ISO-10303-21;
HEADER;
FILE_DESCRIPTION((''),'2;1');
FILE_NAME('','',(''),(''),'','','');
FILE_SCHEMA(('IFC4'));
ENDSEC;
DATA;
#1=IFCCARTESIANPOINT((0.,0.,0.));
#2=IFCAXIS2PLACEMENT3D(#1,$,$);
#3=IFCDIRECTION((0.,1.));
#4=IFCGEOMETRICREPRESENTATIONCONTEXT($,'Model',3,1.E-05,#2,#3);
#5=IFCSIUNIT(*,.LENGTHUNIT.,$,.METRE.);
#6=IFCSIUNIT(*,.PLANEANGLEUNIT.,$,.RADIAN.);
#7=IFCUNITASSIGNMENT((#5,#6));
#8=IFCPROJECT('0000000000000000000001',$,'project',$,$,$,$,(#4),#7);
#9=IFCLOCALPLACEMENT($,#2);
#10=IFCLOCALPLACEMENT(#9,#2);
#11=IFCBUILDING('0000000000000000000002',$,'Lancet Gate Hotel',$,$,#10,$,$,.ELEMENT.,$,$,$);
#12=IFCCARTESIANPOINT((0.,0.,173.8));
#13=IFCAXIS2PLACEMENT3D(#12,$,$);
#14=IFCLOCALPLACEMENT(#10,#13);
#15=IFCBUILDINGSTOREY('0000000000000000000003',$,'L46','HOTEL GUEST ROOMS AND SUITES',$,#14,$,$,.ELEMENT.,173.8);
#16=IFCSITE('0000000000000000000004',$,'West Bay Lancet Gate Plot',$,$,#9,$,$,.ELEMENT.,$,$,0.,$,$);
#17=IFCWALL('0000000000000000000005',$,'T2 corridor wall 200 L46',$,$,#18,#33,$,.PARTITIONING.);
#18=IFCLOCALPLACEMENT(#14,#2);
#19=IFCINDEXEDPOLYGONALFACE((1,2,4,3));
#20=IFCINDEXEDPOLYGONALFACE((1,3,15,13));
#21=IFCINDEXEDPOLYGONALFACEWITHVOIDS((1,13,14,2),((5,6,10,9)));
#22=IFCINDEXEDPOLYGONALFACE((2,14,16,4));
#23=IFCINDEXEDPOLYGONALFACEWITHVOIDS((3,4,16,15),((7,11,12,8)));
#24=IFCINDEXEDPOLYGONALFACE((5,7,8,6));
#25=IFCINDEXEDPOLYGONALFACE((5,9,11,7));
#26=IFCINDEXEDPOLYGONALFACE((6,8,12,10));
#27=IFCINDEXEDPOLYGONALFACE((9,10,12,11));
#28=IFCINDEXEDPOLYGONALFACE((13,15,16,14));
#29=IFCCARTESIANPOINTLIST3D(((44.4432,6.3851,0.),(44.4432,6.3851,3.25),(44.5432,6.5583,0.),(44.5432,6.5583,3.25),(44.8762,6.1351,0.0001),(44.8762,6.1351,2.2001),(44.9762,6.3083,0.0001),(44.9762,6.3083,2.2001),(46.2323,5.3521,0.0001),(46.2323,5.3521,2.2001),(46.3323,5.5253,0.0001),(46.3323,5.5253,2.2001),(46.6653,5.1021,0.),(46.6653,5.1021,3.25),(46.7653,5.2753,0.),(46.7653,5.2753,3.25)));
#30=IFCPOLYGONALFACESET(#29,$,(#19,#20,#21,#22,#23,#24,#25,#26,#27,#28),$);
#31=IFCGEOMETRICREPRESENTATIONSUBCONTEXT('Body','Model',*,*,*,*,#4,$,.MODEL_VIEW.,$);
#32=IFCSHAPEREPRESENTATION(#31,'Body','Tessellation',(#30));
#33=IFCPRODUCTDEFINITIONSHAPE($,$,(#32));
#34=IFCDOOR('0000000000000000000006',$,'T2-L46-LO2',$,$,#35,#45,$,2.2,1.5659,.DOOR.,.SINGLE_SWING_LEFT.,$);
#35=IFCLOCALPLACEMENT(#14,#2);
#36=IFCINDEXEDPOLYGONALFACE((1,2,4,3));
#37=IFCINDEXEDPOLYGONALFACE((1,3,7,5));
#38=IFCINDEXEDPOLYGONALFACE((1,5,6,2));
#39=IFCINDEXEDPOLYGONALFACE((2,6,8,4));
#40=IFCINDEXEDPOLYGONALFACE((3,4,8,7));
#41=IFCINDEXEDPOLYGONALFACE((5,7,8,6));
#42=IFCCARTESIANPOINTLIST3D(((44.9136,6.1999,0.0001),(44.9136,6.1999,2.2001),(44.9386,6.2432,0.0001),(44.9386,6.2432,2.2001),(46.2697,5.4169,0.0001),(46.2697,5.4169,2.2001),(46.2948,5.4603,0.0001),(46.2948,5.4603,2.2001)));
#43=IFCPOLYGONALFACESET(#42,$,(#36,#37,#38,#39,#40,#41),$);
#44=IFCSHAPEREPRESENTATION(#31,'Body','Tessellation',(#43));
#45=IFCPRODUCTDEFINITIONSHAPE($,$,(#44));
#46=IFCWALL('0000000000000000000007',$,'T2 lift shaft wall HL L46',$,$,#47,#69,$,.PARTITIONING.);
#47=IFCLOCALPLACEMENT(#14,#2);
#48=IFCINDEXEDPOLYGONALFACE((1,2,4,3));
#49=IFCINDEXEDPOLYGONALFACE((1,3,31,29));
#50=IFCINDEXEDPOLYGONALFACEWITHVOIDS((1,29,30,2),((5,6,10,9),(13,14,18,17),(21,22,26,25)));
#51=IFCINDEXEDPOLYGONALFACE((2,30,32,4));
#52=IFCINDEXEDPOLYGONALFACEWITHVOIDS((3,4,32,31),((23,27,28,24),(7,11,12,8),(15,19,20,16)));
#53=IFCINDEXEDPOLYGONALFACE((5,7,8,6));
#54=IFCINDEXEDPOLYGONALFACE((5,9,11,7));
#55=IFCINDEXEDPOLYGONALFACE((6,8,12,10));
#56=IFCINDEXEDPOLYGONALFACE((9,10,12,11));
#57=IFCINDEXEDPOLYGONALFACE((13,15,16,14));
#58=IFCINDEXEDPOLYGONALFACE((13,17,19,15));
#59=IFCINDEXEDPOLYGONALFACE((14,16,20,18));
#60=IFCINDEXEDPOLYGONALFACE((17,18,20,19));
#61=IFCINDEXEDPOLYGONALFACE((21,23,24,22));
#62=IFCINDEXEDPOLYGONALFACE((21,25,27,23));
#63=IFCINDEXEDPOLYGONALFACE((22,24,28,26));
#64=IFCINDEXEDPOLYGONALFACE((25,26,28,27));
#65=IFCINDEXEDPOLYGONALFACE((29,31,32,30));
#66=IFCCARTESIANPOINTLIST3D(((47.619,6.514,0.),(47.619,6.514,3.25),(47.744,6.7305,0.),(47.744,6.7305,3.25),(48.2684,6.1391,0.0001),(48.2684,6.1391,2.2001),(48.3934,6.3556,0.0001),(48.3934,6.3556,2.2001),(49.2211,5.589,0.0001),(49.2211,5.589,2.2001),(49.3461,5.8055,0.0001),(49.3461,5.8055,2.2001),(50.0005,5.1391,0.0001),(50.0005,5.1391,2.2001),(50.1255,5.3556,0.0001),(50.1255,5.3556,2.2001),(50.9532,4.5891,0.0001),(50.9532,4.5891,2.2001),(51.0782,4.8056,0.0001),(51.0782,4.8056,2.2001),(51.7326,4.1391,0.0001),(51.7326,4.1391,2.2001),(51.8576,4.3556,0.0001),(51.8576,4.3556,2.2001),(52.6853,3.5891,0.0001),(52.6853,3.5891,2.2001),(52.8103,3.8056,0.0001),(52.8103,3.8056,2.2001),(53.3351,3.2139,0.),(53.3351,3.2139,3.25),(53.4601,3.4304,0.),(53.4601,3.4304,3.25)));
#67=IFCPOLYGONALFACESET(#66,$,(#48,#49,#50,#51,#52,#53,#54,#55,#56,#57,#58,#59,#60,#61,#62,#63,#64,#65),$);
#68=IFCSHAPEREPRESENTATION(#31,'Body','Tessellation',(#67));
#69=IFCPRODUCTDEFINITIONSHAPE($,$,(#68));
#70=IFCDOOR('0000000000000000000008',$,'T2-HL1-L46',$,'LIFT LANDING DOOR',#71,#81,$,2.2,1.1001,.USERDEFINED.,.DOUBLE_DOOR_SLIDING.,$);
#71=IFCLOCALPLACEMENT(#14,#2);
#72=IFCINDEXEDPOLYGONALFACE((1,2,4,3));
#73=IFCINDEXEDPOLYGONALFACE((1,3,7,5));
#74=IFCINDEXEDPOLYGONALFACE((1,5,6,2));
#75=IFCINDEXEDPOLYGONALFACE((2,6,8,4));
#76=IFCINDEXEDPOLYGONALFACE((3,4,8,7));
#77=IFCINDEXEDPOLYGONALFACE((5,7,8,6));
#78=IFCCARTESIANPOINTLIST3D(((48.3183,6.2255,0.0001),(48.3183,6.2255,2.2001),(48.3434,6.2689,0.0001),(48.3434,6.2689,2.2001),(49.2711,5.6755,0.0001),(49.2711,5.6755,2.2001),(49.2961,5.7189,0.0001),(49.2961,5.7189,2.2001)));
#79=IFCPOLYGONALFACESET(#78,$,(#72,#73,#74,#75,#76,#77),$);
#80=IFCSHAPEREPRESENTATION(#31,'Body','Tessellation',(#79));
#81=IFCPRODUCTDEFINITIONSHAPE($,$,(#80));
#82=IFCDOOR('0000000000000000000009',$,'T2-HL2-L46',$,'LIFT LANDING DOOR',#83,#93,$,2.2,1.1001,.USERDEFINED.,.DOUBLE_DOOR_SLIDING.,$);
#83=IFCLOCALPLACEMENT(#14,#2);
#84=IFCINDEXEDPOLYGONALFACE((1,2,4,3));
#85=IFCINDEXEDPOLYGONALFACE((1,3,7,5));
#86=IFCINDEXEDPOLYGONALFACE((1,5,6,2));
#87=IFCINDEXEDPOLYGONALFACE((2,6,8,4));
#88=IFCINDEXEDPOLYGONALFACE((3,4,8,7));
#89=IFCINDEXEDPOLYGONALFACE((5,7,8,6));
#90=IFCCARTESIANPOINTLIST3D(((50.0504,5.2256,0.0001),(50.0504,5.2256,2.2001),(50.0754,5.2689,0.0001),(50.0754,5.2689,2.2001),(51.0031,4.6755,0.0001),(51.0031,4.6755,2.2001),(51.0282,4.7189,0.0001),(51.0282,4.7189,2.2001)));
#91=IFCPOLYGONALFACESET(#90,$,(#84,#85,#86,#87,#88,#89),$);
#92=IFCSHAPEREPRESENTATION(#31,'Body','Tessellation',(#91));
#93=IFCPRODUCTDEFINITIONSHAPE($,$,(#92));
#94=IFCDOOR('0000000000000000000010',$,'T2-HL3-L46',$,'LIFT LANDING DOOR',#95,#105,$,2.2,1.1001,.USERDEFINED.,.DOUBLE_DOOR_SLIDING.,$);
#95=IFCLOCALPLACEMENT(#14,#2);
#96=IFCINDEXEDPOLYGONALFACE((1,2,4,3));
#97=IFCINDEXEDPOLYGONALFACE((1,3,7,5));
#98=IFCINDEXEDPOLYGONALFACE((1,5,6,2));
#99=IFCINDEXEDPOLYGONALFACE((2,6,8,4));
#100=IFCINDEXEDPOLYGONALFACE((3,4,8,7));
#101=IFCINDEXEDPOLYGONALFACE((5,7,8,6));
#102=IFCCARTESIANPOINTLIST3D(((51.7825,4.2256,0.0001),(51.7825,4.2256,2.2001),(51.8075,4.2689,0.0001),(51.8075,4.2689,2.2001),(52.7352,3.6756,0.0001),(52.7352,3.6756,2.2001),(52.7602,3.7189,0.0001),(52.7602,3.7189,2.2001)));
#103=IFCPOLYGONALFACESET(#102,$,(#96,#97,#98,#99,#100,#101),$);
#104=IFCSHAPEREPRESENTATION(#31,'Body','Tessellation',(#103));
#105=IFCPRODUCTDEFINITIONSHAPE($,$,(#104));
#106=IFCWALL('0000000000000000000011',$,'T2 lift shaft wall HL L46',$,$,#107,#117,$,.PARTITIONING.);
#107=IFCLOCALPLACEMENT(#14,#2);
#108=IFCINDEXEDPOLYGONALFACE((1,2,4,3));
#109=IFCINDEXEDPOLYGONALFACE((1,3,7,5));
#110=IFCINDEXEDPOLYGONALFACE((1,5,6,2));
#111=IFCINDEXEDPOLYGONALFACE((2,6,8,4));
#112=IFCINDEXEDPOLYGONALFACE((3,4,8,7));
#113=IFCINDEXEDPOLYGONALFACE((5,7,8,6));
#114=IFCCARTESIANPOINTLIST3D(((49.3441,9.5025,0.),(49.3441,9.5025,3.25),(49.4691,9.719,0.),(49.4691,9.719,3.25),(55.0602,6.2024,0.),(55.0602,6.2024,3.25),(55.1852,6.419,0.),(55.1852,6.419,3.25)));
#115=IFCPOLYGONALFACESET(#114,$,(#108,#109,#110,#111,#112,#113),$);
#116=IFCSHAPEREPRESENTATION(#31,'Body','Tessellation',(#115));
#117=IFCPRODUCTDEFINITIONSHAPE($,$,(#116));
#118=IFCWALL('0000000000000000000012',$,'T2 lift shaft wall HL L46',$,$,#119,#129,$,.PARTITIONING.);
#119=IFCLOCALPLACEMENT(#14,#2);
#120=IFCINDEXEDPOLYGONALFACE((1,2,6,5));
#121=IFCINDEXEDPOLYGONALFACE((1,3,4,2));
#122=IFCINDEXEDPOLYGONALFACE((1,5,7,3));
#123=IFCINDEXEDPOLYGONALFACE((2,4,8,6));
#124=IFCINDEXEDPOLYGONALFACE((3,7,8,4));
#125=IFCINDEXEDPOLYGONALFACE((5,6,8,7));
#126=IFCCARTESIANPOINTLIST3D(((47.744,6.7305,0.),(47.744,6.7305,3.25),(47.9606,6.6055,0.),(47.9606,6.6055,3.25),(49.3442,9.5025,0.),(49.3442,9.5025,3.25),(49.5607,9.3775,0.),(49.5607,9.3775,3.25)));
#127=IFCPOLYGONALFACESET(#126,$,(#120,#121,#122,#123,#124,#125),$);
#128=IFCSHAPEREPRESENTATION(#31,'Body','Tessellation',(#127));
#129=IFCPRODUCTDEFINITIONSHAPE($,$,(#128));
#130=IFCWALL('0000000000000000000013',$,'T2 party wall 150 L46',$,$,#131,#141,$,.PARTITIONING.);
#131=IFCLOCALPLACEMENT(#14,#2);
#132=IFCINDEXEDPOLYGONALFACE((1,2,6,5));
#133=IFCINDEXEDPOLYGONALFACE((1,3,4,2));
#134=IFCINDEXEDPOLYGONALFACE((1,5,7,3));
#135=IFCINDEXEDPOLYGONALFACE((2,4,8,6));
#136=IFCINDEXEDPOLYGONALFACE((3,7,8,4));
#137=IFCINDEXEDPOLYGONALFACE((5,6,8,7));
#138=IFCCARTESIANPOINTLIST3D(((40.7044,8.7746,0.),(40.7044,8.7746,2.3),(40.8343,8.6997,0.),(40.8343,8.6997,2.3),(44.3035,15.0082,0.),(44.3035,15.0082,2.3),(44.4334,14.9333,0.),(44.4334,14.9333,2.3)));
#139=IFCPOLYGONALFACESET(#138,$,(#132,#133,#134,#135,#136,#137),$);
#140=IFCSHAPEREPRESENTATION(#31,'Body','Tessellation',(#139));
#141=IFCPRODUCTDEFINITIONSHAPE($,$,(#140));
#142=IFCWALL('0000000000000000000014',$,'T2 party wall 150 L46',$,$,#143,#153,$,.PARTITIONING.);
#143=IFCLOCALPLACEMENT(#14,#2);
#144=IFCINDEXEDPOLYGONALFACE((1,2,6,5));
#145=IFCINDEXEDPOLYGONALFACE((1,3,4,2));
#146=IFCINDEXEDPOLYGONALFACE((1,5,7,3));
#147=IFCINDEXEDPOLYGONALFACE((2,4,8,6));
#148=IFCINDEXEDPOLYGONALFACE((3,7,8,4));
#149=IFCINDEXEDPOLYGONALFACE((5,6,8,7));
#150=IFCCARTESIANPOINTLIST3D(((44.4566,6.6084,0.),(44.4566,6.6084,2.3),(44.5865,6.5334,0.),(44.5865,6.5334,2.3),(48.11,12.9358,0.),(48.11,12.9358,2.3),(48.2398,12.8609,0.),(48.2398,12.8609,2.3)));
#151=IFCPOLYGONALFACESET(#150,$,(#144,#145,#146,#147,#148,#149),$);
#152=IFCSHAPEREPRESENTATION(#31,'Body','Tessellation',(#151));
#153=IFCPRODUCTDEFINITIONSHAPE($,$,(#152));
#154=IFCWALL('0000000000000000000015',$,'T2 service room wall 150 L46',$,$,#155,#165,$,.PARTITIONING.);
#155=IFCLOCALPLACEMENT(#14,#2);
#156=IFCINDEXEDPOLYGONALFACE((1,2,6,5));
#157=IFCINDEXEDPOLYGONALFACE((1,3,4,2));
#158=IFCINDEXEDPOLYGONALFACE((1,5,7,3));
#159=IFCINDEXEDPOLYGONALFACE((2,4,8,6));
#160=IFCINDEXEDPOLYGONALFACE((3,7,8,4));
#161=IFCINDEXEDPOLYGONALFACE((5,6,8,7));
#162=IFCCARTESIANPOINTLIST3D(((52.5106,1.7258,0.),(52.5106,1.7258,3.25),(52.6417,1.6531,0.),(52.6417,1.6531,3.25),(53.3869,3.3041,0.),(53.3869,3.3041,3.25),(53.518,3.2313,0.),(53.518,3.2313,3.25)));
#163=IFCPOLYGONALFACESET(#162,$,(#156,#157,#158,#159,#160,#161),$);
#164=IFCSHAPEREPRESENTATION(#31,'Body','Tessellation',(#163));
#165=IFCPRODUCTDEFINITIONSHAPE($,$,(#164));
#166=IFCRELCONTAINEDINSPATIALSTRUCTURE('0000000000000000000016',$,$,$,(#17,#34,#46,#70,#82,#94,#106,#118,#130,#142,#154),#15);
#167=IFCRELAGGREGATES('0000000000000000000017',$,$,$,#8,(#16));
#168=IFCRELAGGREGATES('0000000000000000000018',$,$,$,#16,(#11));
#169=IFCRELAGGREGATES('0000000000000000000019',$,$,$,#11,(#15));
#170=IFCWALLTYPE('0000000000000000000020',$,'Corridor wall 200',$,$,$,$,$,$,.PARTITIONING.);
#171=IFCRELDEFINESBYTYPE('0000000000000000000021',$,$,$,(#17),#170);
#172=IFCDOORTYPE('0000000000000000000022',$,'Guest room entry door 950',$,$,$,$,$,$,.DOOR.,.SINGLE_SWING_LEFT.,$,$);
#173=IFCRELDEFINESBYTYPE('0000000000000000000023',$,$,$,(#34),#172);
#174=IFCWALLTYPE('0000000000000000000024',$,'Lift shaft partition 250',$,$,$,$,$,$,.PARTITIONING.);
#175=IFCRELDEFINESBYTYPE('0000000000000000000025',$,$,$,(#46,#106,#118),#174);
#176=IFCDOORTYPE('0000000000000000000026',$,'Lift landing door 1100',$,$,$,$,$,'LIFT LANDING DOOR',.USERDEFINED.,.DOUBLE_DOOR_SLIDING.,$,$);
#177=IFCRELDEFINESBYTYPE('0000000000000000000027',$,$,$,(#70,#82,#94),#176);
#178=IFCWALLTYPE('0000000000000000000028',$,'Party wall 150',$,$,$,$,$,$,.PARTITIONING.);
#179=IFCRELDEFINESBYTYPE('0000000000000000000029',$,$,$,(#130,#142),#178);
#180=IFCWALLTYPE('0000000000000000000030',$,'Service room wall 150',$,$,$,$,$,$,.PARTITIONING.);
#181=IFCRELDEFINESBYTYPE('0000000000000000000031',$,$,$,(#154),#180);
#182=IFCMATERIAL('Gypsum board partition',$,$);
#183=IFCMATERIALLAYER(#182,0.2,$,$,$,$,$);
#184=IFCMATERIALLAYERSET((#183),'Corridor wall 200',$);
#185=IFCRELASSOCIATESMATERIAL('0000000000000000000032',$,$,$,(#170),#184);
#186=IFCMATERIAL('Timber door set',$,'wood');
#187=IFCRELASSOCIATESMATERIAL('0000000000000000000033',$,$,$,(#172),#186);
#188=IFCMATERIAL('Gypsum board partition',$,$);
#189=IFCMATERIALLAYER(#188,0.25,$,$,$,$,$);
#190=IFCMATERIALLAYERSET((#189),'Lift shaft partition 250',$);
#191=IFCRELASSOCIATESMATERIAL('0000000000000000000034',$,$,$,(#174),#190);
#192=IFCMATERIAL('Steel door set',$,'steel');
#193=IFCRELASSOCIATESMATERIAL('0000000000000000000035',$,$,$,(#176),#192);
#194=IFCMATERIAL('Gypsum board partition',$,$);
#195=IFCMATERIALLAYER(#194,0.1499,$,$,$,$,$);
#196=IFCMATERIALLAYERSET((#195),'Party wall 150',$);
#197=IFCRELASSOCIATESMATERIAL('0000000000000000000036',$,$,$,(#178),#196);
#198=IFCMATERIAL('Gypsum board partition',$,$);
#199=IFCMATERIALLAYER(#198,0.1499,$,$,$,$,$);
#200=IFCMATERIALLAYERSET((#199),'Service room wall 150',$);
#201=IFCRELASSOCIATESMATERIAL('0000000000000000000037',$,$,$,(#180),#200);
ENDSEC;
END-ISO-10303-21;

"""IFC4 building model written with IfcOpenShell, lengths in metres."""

from ifc_helpers import new_model, si_unit, direction, frame, frame_2d, origin, place, context, subcontext, project, spatial, rectangle, extrude, material, layer, layer_set, type_object, element, fill, save


model = new_model("IFC4")

# Units and contexts
model_context = context("Model", 3, precision=1e-05, world=origin(), true_north=direction((0.0, 1.0)))
body_context = subcontext(model_context, "Body", "Model", "MODEL_VIEW")
ifc_project = project(units=[si_unit("LENGTHUNIT", "METRE"), si_unit("PLANEANGLEUNIT", "RADIAN")], contexts=[model_context])

# Site, building, storey
site_placement = place(None, origin())
site = spatial("IfcSite", under=ifc_project, at=site_placement, Name="West Bay Lancet Gate Plot", CompositionType="ELEMENT", RefElevation=0.0)
building_placement = place(site_placement, origin())
building = spatial("IfcBuilding", under=site, at=building_placement, Name="Lancet Gate Hotel", CompositionType="ELEMENT")
storey_placement = place(building_placement, frame((0.0, 0.0, 173.8)))
storey = spatial("IfcBuildingStorey", under=building, at=storey_placement, Name="L46", Description="HOTEL GUEST ROOMS AND SUITES", CompositionType="ELEMENT", Elevation=173.8)

# Wall, opening, door
ifc_material_1 = material(Name="Gypsum board partition")
ifc_layer_1 = layer(ifc_material_1, 0.2)
ifc_layer_set_1 = layer_set([ifc_layer_1], Name="Corridor wall 200")
wall_type_1 = type_object("IfcWallType", Name="Corridor wall 200", PredefinedType="PARTITIONING", material=ifc_layer_set_1)
wall_1_placement = place(storey_placement, frame((44.4932, 6.4717, 0.0), z_axis=(0.0, 0.0, 1.0), x_axis=(0.866027, -0.499997, 0.0)))
wall_1 = element("IfcWall", 1, at=wall_1_placement, inside=storey, type_object=wall_type_1, Name="T2 corridor wall 200 L46", PredefinedType="PARTITIONING", context=body_context, shape_type="SweptSolid", body=[
    extrude(rectangle(XDim=2.5659, YDim=0.2, at=frame_2d((1.283, 0.0))), origin(), (0.0, 0.0, 1.0), 3.25),
])
opening_1_placement = place(wall_1_placement, frame((0.5, 0.0, 0.0)))
opening_1 = element("IfcOpeningElement", 2, at=opening_1_placement, cuts=wall_1, PredefinedType="OPENING", context=body_context, shape_type="SweptSolid", body=[
    extrude(rectangle(XDim=1.5659, YDim=2.2, at=frame_2d((0.783, 1.1001))), frame((0.0, 0.1099, 0.0), z_axis=(0.0, -1.0, 0.0), x_axis=(1.0, 0.0, 0.0)), (0.0, 0.0, 1.0), 0.22),
])
ifc_material_2 = material(Name="Timber door set", Category="wood")
door_type_1 = type_object("IfcDoorType", Name="Guest room entry door 950", OperationType="SINGLE_SWING_LEFT", PredefinedType="DOOR", material=ifc_material_2)
door_1_placement = place(opening_1_placement, origin())
door_1 = element("IfcDoor", 3, at=door_1_placement, inside=storey, type_object=door_type_1, Name="T2-L46-LO2", OperationType="SINGLE_SWING_LEFT", OverallHeight=2.2, OverallWidth=1.5659, PredefinedType="DOOR", context=body_context, shape_type="SweptSolid", body=[
    extrude(rectangle(XDim=1.5659, YDim=2.2, at=frame_2d((0.783, 1.1001))), frame((0.0, 0.0249, 0.0), z_axis=(0.0, -1.0, 0.0), x_axis=(1.0, 0.0, 0.0)), (0.0, 0.0, 1.0), 0.05),
])
fill(opening_1, door_1)

# Wall, openings, doors
ifc_material_3 = material(Name="Gypsum board partition")
ifc_layer_2 = layer(ifc_material_3, 0.25)
ifc_layer_set_2 = layer_set([ifc_layer_2], Name="Lift shaft partition 250")
wall_type_2 = type_object("IfcWallType", Name="Lift shaft partition 250", PredefinedType="PARTITIONING", material=ifc_layer_set_2)
wall_2_placement = place(storey_placement, frame((47.6814, 6.6223, 0.0), z_axis=(0.0, 0.0, 1.0), x_axis=(0.866033, -0.499986, 0.0)))
wall_2 = element("IfcWall", 4, at=wall_2_placement, inside=storey, type_object=wall_type_2, Name="T2 lift shaft wall HL L46", PredefinedType="PARTITIONING", context=body_context, shape_type="SweptSolid", body=[
    extrude(rectangle(XDim=6.6003, YDim=0.25, at=frame_2d((3.3003, 0.0))), origin(), (0.0, 0.0, 1.0), 3.25),
])
opening_2_placement = place(wall_2_placement, frame((0.75, 0.0, 0.0)))
opening_2 = element("IfcOpeningElement", 5, at=opening_2_placement, cuts=wall_2, PredefinedType="OPENING", context=body_context, shape_type="SweptSolid", body=[
    extrude(rectangle(XDim=1.1001, YDim=2.2, at=frame_2d((0.55, 1.1001))), frame((0.0, 0.135, 0.0), z_axis=(0.0, -1.0, 0.0), x_axis=(1.0, 0.0, 0.0)), (0.0, 0.0, 1.0), 0.27),
])
opening_3_placement = place(wall_2_placement, frame((2.75, 0.0, 0.0)))
opening_3 = element("IfcOpeningElement", 6, at=opening_3_placement, cuts=wall_2, PredefinedType="OPENING", context=body_context, shape_type="SweptSolid", body=[
    extrude(rectangle(XDim=1.1001, YDim=2.2, at=frame_2d((0.55, 1.1001))), frame((0.0, 0.135, 0.0), z_axis=(0.0, -1.0, 0.0), x_axis=(1.0, 0.0, 0.0)), (0.0, 0.0, 1.0), 0.27),
])
opening_4_placement = place(wall_2_placement, frame((4.75, 0.0, 0.0)))
opening_4 = element("IfcOpeningElement", 7, at=opening_4_placement, cuts=wall_2, PredefinedType="OPENING", context=body_context, shape_type="SweptSolid", body=[
    extrude(rectangle(XDim=1.1001, YDim=2.2, at=frame_2d((0.55, 1.1001))), frame((0.0, 0.135, 0.0), z_axis=(0.0, -1.0, 0.0), x_axis=(1.0, 0.0, 0.0)), (0.0, 0.0, 1.0), 0.27),
])
ifc_material_4 = material(Name="Steel door set", Category="steel")
door_type_2 = type_object("IfcDoorType", Name="Lift landing door 1100", ElementType="LIFT LANDING DOOR", OperationType="DOUBLE_DOOR_SLIDING", PredefinedType="USERDEFINED", material=ifc_material_4)
door_2_placement = place(opening_2_placement, origin())
door_2 = element("IfcDoor", 8, at=door_2_placement, inside=storey, type_object=door_type_2, Name="T2-HL1-L46", ObjectType="LIFT LANDING DOOR", OperationType="DOUBLE_DOOR_SLIDING", OverallHeight=2.2, OverallWidth=1.1001, PredefinedType="USERDEFINED", context=body_context, shape_type="SweptSolid", body=[
    extrude(rectangle(XDim=1.1001, YDim=2.2, at=frame_2d((0.55, 1.1001))), frame((0.0, 0.0249, 0.0), z_axis=(0.0, -1.0, 0.0), x_axis=(1.0, 0.0, 0.0)), (0.0, 0.0, 1.0), 0.05),
])
fill(opening_2, door_2)
door_3_placement = place(opening_3_placement, origin())
door_3 = element("IfcDoor", 9, at=door_3_placement, inside=storey, type_object=door_type_2, Name="T2-HL2-L46", ObjectType="LIFT LANDING DOOR", OperationType="DOUBLE_DOOR_SLIDING", OverallHeight=2.2, OverallWidth=1.1001, PredefinedType="USERDEFINED", context=body_context, shape_type="SweptSolid", body=[
    extrude(rectangle(XDim=1.1001, YDim=2.2, at=frame_2d((0.55, 1.1001))), frame((0.0, 0.0249, 0.0), z_axis=(0.0, -1.0, 0.0), x_axis=(1.0, 0.0, 0.0)), (0.0, 0.0, 1.0), 0.05),
])
fill(opening_3, door_3)
door_4_placement = place(opening_4_placement, origin())
door_4 = element("IfcDoor", 10, at=door_4_placement, inside=storey, type_object=door_type_2, Name="T2-HL3-L46", ObjectType="LIFT LANDING DOOR", OperationType="DOUBLE_DOOR_SLIDING", OverallHeight=2.2, OverallWidth=1.1001, PredefinedType="USERDEFINED", context=body_context, shape_type="SweptSolid", body=[
    extrude(rectangle(XDim=1.1001, YDim=2.2, at=frame_2d((0.55, 1.1001))), frame((0.0, 0.0249, 0.0), z_axis=(0.0, -1.0, 0.0), x_axis=(1.0, 0.0, 0.0)), (0.0, 0.0, 1.0), 0.05),
])
fill(opening_4, door_4)

# Walls
wall_3_placement = place(storey_placement, frame((49.4065, 9.6108, 0.0), z_axis=(0.0, 0.0, 1.0), x_axis=(0.866033, -0.499986, 0.0)))
element("IfcWall", 11, at=wall_3_placement, inside=storey, type_object=wall_type_2, Name="T2 lift shaft wall HL L46", PredefinedType="PARTITIONING", context=body_context, shape_type="SweptSolid", body=[
    extrude(rectangle(XDim=6.6003, YDim=0.25, at=frame_2d((3.3003, 0.0))), origin(), (0.0, 0.0, 1.0), 3.25),
])
wall_4_placement = place(storey_placement, frame((47.8523, 6.668, 0.0), z_axis=(0.0, 0.0, 1.0), x_axis=(0.499929, 0.866066, 0.0)))
element("IfcWall", 12, at=wall_4_placement, inside=storey, type_object=wall_type_2, Name="T2 lift shaft wall HL L46", PredefinedType="PARTITIONING", context=body_context, shape_type="SweptSolid", body=[
    extrude(rectangle(XDim=3.2007, YDim=0.25, at=frame_2d((1.6003, 0.0))), origin(), (0.0, 0.0, 1.0), 3.25),
])
ifc_material_5 = material(Name="Gypsum board partition")
ifc_layer_3 = layer(ifc_material_5, 0.1499)
ifc_layer_set_3 = layer_set([ifc_layer_3], Name="Party wall 150")
wall_type_3 = type_object("IfcWallType", Name="Party wall 150", PredefinedType="PARTITIONING", material=ifc_layer_set_3)
wall_5_placement = place(storey_placement, frame((40.7693, 8.7371, 0.0), z_axis=(0.0, 0.0, 1.0), x_axis=(0.500013, 0.866018, 0.0)))
element("IfcWall", 13, at=wall_5_placement, inside=storey, type_object=wall_type_3, Name="T2 party wall 150 L46", PredefinedType="PARTITIONING", context=body_context, shape_type="SweptSolid", body=[
    extrude(rectangle(XDim=7.198, YDim=0.1499, at=frame_2d((3.5991, 0.0))), origin(), (0.0, 0.0, 1.0), 2.3),
])
wall_6_placement = place(storey_placement, frame((44.5215, 6.5708, 0.0), z_axis=(0.0, 0.0, 1.0), x_axis=(0.50002, 0.866014, 0.0)))
element("IfcWall", 14, at=wall_6_placement, inside=storey, type_object=wall_type_3, Name="T2 party wall 150 L46", PredefinedType="PARTITIONING", context=body_context, shape_type="SweptSolid", body=[
    extrude(rectangle(XDim=7.3064, YDim=0.1499, at=frame_2d((3.6533, 0.0))), origin(), (0.0, 0.0, 1.0), 2.3),
])
ifc_material_6 = material(Name="Gypsum board partition")
ifc_layer_4 = layer(ifc_material_6, 0.1499)
ifc_layer_set_4 = layer_set([ifc_layer_4], Name="Service room wall 150")
wall_type_4 = type_object("IfcWallType", Name="Service room wall 150", PredefinedType="PARTITIONING", material=ifc_layer_set_4)
wall_7_placement = place(storey_placement, frame((52.5762, 1.6895, 0.0), z_axis=(0.0, 0.0, 1.0), x_axis=(0.485425, 0.874278, 0.0)))
element("IfcWall", 15, at=wall_7_placement, inside=storey, type_object=wall_type_4, Name="T2 service room wall 150 L46", PredefinedType="PARTITIONING", context=body_context, shape_type="SweptSolid", body=[
    extrude(rectangle(XDim=1.8052, YDim=0.1499, at=frame_2d((0.9026, 0.0))), origin(), (0.0, 0.0, 1.0), 3.25),
])

save(model, "model.ifc")
